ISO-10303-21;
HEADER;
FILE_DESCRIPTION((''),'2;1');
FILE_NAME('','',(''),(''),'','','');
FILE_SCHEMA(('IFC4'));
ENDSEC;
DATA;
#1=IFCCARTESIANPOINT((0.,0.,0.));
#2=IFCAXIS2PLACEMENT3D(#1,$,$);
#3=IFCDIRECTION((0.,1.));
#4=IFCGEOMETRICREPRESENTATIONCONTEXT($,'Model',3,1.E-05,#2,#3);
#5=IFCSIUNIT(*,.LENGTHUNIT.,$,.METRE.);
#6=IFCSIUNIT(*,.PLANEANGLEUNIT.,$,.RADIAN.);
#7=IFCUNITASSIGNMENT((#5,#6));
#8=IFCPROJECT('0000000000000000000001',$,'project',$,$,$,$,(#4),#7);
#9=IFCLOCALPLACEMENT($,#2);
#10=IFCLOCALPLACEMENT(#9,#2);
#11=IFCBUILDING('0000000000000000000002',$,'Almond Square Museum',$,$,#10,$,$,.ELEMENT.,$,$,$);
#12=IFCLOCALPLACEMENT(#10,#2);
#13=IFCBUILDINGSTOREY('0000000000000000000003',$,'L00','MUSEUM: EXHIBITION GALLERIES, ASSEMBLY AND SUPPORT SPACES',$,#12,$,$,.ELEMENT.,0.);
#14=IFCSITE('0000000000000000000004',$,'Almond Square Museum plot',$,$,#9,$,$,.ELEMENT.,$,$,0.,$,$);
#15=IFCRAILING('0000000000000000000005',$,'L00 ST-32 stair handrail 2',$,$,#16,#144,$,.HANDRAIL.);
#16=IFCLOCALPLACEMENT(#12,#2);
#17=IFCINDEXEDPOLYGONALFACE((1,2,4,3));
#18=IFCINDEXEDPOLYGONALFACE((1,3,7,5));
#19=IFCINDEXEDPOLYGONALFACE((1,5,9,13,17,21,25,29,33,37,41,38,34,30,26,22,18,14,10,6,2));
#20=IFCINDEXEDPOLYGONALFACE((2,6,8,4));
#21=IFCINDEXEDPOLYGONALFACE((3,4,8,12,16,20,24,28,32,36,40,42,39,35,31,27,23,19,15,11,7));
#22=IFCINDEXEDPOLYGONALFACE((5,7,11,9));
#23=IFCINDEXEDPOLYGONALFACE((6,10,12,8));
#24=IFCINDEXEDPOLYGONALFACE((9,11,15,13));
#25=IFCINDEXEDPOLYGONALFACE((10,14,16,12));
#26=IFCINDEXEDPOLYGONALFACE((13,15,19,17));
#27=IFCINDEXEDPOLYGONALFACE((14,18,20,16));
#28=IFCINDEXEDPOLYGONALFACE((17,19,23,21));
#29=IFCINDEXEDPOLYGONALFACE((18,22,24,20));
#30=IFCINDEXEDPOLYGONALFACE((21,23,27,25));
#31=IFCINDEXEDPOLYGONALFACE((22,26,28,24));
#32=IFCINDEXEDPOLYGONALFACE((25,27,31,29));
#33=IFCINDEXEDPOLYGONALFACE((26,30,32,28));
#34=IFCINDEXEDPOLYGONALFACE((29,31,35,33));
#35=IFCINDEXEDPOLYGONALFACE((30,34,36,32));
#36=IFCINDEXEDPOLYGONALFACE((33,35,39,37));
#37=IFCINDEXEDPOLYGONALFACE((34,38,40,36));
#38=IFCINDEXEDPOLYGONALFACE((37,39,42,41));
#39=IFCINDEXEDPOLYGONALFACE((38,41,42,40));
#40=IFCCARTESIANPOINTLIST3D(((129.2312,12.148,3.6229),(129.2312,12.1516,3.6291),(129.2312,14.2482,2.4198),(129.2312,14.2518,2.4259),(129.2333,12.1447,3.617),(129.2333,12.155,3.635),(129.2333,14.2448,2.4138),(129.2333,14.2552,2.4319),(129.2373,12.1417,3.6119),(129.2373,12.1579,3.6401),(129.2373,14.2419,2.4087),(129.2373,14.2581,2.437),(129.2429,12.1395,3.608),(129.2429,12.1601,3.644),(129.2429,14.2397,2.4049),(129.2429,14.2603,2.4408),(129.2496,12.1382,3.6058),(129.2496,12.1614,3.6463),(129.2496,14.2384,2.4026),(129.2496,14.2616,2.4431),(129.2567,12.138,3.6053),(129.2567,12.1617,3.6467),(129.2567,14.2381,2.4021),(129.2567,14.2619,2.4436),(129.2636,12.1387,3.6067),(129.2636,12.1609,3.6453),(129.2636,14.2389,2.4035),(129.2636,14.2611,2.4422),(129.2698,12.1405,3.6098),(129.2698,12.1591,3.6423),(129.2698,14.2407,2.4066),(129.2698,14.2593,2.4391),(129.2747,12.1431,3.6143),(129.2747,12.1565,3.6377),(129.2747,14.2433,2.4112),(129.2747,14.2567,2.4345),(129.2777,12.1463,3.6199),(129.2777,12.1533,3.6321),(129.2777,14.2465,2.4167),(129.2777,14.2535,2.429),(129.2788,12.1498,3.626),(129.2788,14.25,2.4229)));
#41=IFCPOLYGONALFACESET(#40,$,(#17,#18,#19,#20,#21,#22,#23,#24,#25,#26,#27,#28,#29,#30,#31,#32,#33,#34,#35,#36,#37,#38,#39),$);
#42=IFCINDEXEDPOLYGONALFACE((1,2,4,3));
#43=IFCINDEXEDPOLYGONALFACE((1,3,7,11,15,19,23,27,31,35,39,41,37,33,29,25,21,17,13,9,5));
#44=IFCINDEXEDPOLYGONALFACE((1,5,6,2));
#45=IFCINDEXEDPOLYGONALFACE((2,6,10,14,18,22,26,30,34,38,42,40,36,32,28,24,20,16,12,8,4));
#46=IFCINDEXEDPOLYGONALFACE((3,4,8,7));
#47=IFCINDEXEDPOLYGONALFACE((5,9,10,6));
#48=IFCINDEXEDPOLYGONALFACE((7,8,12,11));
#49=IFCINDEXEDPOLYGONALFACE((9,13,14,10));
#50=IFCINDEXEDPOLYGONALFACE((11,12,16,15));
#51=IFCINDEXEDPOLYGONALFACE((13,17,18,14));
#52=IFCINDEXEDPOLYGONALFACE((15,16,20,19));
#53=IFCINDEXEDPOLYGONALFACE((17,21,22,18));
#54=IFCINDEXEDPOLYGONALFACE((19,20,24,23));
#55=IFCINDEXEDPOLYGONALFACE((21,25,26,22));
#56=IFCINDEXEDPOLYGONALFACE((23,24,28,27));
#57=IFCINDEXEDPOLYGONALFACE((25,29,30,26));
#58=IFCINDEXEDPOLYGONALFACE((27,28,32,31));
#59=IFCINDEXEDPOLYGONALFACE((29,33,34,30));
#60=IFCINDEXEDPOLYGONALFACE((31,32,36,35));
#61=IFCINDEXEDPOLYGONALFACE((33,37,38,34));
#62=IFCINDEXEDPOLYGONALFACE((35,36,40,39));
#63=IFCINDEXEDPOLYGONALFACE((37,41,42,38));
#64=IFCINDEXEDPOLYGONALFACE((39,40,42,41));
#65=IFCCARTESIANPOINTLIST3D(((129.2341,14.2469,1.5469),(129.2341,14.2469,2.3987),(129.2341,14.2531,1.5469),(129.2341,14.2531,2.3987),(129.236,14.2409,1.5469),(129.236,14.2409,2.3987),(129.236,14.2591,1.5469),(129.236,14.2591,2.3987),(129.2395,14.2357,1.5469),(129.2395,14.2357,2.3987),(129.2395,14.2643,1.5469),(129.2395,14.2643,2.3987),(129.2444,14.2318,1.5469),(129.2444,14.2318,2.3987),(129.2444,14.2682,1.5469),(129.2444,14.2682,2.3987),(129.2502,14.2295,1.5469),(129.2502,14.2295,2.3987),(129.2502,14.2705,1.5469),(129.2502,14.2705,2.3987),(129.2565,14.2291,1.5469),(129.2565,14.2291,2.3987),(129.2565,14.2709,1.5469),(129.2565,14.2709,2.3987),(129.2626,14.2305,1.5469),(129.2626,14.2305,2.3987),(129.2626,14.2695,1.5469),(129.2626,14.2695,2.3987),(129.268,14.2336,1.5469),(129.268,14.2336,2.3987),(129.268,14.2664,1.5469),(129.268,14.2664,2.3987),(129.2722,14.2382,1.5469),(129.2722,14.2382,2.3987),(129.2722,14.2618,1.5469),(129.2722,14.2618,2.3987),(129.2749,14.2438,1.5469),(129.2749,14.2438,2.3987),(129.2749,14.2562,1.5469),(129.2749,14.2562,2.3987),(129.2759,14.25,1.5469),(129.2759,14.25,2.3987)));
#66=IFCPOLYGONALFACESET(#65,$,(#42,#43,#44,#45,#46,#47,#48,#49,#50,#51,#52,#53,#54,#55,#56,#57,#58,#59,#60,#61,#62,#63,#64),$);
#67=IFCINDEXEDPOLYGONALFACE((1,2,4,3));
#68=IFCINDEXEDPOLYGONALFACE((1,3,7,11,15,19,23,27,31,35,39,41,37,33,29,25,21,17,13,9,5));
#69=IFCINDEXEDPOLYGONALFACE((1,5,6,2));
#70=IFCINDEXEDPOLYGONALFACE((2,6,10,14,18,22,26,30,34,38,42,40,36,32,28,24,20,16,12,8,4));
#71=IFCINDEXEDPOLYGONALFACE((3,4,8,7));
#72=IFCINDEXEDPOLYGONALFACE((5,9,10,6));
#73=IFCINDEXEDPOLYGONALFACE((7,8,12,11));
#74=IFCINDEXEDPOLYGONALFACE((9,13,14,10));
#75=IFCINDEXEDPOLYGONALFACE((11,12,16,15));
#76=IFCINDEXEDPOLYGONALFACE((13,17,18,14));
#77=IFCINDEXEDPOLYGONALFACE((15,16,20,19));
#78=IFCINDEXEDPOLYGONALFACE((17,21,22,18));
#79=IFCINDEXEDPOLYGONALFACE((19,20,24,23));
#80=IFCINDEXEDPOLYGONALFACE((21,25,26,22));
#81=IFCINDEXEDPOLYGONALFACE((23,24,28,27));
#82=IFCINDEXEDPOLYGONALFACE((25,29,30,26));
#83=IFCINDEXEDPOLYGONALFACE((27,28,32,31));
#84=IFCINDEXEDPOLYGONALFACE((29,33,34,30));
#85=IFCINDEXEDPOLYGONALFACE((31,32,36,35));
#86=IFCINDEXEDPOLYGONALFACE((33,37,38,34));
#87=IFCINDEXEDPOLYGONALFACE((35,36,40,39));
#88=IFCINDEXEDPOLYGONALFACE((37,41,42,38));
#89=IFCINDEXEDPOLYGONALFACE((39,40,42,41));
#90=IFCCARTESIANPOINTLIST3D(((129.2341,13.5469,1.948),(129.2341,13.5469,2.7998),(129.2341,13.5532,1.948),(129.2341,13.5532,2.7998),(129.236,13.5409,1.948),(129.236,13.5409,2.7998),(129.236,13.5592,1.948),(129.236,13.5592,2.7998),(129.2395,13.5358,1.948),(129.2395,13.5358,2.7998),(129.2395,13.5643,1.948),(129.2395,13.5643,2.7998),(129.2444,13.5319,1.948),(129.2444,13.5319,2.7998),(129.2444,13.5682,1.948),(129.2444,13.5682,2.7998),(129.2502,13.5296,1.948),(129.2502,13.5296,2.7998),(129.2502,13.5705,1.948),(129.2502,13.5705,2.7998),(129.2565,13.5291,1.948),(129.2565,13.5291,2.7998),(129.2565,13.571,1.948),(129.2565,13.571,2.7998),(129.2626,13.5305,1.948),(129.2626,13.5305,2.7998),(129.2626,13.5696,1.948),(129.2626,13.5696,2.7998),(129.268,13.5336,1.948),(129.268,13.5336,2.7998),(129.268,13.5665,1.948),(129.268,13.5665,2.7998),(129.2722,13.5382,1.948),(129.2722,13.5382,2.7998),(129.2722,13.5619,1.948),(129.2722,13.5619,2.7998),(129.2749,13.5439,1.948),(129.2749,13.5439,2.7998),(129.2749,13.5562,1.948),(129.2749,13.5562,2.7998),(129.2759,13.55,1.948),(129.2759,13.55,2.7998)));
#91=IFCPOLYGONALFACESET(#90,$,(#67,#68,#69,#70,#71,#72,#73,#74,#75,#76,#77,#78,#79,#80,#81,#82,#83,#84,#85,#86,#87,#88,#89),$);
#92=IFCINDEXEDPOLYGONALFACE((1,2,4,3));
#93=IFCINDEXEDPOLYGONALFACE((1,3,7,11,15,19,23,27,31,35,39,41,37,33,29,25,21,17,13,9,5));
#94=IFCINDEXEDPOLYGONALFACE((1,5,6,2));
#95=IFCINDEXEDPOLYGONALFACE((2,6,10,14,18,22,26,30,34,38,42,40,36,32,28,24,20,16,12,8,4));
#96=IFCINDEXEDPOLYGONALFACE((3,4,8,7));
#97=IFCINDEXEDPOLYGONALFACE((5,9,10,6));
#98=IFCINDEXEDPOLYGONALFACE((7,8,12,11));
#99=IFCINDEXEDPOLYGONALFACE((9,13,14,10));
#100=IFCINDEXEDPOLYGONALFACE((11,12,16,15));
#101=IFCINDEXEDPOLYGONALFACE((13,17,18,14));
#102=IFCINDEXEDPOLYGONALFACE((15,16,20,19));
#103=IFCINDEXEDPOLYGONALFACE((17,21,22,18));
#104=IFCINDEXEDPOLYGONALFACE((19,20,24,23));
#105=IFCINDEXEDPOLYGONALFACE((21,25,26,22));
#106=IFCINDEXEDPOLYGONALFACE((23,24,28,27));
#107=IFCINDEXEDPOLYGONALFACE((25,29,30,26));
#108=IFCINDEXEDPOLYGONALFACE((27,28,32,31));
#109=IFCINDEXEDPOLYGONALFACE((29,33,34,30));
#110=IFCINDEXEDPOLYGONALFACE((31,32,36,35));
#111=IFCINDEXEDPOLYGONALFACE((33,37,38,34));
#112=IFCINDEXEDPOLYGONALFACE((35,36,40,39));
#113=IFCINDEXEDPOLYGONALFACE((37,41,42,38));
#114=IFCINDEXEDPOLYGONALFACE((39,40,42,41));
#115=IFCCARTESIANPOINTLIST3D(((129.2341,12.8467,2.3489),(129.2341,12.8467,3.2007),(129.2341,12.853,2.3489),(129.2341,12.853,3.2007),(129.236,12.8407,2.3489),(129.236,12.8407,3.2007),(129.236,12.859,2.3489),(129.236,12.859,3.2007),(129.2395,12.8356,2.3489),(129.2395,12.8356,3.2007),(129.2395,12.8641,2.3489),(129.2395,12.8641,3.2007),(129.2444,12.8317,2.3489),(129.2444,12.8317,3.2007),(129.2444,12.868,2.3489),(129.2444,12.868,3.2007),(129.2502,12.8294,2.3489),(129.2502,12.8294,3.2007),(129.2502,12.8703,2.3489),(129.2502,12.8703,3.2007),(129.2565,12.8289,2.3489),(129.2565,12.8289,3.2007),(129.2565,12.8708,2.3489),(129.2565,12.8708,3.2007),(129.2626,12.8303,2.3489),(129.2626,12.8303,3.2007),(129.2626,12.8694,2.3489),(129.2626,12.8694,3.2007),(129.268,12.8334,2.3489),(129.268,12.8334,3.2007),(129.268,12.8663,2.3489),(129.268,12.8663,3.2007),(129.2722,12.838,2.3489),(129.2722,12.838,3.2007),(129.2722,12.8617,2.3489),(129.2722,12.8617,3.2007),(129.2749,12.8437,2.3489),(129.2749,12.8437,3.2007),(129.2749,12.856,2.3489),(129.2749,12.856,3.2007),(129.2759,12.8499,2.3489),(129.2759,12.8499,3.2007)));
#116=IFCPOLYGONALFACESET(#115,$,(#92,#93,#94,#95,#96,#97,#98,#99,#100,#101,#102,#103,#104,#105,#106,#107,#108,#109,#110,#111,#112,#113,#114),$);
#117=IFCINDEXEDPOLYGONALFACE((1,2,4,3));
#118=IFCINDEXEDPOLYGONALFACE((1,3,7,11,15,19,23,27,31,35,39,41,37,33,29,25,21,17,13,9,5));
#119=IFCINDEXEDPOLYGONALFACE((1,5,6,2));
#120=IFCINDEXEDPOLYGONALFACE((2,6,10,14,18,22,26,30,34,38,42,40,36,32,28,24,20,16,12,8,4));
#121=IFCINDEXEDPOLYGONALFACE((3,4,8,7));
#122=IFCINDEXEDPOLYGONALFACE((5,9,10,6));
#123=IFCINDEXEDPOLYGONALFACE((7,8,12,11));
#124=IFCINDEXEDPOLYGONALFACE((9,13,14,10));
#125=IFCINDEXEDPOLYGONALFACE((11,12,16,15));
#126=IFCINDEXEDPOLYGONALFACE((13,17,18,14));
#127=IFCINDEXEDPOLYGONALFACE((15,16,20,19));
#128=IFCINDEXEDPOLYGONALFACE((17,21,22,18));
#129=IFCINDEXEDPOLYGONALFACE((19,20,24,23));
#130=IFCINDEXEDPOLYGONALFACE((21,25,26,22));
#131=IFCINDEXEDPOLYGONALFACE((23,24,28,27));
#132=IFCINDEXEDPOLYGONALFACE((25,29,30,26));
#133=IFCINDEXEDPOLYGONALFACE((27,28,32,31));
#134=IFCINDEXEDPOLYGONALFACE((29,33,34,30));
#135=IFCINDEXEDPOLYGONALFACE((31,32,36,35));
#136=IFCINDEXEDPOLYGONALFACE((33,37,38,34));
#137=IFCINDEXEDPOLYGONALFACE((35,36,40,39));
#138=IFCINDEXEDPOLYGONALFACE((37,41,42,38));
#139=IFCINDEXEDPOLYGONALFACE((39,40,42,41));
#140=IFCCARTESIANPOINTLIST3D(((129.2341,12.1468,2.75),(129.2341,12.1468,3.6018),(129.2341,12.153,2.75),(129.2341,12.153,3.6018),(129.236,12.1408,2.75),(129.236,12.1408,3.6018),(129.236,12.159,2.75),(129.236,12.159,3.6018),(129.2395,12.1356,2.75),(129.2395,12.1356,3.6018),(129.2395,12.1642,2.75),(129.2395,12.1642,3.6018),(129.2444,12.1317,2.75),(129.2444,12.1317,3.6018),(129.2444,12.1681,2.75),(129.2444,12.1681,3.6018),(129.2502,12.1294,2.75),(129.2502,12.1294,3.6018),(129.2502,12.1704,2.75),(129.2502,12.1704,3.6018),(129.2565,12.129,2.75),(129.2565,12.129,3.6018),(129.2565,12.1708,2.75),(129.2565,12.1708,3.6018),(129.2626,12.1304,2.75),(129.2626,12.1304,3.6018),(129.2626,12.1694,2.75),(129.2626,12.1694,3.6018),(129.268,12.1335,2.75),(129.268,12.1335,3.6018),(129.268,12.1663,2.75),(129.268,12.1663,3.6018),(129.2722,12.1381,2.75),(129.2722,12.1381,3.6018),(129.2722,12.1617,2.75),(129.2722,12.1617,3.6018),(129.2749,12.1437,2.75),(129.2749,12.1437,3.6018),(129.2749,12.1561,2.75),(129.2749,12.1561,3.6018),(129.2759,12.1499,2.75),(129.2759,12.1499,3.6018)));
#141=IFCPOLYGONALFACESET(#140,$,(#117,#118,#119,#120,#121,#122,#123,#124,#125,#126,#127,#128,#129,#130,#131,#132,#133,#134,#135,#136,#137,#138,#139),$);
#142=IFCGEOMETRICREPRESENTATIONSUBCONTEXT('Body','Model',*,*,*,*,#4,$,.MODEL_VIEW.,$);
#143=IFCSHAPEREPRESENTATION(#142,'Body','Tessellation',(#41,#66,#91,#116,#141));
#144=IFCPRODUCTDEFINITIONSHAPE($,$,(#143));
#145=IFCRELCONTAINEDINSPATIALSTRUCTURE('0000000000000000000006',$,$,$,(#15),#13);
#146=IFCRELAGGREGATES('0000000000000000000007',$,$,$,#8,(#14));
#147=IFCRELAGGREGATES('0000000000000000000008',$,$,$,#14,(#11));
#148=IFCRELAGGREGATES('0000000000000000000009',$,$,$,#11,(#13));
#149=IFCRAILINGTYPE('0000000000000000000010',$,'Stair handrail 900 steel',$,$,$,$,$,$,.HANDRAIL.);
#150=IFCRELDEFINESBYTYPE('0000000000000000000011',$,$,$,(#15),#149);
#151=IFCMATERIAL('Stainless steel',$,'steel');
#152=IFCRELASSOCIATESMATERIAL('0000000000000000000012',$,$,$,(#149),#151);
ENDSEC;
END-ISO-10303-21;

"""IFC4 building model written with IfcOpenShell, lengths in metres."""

from ifc_helpers import new_model, si_unit, direction, frame, origin, origin_2d, place, context, subcontext, project, spatial, circle, extrude, material, type_object, element, save


model = new_model("IFC4")

# Units and contexts
model_context = context("Model", 3, precision=1e-05, world=origin(), true_north=direction((0.0, 1.0)))
body_context = subcontext(model_context, "Body", "Model", "MODEL_VIEW")
ifc_project = project(units=[si_unit("LENGTHUNIT", "METRE"), si_unit("PLANEANGLEUNIT", "RADIAN")], contexts=[model_context])

# Site, building, storey
site_placement = place(None, origin())
site = spatial("IfcSite", under=ifc_project, at=site_placement, Name="Almond Square Museum plot", CompositionType="ELEMENT", RefElevation=0.0)
building_placement = place(site_placement, origin())
building = spatial("IfcBuilding", under=site, at=building_placement, Name="Almond Square Museum", CompositionType="ELEMENT")
storey_placement = place(building_placement, origin())
storey = spatial("IfcBuildingStorey", under=building, at=storey_placement, Name="L00", Description="MUSEUM: EXHIBITION GALLERIES, ASSEMBLY AND SUPPORT SPACES", CompositionType="ELEMENT", Elevation=0.0)

# Railing
ifc_material_1 = material(Name="Stainless steel", Category="steel")
railing_type_1 = type_object("IfcRailingType", Name="Stair handrail 900 steel", PredefinedType="HANDRAIL", material=ifc_material_1)
railing_1_placement = place(storey_placement, frame((129.2549, 14.25, 1.5469)))
element("IfcRailing", 1, at=railing_1_placement, inside=storey, type_object=railing_type_1, Name="L00 ST-32 stair handrail 2", PredefinedType="HANDRAIL", context=body_context, shape_type="SweptSolid", body=[
    extrude(circle(Radius=0.0239, at=origin_2d()), frame((0.0, 0.0, 0.876), z_axis=(0.0, -0.867696, 0.497095), x_axis=(1.0, 0.0, 0.0)), (0.0, 0.0, 1.0), 2.4204),
    extrude(circle(Radius=0.021, at=origin_2d()), origin(), (0.0, 0.0, 1.0), 0.8518),
    extrude(circle(Radius=0.021, at=origin_2d()), frame((0.0, -0.7, 0.4011)), (0.0, 0.0, 1.0), 0.8518),
    extrude(circle(Radius=0.021, at=origin_2d()), frame((0.0, -1.4001, 0.802)), (0.0, 0.0, 1.0), 0.8518),
    extrude(circle(Radius=0.021, at=origin_2d()), frame((0.0, -2.1001, 1.2031)), (0.0, 0.0, 1.0), 0.8518),
])

save(model, "model.ifc")
